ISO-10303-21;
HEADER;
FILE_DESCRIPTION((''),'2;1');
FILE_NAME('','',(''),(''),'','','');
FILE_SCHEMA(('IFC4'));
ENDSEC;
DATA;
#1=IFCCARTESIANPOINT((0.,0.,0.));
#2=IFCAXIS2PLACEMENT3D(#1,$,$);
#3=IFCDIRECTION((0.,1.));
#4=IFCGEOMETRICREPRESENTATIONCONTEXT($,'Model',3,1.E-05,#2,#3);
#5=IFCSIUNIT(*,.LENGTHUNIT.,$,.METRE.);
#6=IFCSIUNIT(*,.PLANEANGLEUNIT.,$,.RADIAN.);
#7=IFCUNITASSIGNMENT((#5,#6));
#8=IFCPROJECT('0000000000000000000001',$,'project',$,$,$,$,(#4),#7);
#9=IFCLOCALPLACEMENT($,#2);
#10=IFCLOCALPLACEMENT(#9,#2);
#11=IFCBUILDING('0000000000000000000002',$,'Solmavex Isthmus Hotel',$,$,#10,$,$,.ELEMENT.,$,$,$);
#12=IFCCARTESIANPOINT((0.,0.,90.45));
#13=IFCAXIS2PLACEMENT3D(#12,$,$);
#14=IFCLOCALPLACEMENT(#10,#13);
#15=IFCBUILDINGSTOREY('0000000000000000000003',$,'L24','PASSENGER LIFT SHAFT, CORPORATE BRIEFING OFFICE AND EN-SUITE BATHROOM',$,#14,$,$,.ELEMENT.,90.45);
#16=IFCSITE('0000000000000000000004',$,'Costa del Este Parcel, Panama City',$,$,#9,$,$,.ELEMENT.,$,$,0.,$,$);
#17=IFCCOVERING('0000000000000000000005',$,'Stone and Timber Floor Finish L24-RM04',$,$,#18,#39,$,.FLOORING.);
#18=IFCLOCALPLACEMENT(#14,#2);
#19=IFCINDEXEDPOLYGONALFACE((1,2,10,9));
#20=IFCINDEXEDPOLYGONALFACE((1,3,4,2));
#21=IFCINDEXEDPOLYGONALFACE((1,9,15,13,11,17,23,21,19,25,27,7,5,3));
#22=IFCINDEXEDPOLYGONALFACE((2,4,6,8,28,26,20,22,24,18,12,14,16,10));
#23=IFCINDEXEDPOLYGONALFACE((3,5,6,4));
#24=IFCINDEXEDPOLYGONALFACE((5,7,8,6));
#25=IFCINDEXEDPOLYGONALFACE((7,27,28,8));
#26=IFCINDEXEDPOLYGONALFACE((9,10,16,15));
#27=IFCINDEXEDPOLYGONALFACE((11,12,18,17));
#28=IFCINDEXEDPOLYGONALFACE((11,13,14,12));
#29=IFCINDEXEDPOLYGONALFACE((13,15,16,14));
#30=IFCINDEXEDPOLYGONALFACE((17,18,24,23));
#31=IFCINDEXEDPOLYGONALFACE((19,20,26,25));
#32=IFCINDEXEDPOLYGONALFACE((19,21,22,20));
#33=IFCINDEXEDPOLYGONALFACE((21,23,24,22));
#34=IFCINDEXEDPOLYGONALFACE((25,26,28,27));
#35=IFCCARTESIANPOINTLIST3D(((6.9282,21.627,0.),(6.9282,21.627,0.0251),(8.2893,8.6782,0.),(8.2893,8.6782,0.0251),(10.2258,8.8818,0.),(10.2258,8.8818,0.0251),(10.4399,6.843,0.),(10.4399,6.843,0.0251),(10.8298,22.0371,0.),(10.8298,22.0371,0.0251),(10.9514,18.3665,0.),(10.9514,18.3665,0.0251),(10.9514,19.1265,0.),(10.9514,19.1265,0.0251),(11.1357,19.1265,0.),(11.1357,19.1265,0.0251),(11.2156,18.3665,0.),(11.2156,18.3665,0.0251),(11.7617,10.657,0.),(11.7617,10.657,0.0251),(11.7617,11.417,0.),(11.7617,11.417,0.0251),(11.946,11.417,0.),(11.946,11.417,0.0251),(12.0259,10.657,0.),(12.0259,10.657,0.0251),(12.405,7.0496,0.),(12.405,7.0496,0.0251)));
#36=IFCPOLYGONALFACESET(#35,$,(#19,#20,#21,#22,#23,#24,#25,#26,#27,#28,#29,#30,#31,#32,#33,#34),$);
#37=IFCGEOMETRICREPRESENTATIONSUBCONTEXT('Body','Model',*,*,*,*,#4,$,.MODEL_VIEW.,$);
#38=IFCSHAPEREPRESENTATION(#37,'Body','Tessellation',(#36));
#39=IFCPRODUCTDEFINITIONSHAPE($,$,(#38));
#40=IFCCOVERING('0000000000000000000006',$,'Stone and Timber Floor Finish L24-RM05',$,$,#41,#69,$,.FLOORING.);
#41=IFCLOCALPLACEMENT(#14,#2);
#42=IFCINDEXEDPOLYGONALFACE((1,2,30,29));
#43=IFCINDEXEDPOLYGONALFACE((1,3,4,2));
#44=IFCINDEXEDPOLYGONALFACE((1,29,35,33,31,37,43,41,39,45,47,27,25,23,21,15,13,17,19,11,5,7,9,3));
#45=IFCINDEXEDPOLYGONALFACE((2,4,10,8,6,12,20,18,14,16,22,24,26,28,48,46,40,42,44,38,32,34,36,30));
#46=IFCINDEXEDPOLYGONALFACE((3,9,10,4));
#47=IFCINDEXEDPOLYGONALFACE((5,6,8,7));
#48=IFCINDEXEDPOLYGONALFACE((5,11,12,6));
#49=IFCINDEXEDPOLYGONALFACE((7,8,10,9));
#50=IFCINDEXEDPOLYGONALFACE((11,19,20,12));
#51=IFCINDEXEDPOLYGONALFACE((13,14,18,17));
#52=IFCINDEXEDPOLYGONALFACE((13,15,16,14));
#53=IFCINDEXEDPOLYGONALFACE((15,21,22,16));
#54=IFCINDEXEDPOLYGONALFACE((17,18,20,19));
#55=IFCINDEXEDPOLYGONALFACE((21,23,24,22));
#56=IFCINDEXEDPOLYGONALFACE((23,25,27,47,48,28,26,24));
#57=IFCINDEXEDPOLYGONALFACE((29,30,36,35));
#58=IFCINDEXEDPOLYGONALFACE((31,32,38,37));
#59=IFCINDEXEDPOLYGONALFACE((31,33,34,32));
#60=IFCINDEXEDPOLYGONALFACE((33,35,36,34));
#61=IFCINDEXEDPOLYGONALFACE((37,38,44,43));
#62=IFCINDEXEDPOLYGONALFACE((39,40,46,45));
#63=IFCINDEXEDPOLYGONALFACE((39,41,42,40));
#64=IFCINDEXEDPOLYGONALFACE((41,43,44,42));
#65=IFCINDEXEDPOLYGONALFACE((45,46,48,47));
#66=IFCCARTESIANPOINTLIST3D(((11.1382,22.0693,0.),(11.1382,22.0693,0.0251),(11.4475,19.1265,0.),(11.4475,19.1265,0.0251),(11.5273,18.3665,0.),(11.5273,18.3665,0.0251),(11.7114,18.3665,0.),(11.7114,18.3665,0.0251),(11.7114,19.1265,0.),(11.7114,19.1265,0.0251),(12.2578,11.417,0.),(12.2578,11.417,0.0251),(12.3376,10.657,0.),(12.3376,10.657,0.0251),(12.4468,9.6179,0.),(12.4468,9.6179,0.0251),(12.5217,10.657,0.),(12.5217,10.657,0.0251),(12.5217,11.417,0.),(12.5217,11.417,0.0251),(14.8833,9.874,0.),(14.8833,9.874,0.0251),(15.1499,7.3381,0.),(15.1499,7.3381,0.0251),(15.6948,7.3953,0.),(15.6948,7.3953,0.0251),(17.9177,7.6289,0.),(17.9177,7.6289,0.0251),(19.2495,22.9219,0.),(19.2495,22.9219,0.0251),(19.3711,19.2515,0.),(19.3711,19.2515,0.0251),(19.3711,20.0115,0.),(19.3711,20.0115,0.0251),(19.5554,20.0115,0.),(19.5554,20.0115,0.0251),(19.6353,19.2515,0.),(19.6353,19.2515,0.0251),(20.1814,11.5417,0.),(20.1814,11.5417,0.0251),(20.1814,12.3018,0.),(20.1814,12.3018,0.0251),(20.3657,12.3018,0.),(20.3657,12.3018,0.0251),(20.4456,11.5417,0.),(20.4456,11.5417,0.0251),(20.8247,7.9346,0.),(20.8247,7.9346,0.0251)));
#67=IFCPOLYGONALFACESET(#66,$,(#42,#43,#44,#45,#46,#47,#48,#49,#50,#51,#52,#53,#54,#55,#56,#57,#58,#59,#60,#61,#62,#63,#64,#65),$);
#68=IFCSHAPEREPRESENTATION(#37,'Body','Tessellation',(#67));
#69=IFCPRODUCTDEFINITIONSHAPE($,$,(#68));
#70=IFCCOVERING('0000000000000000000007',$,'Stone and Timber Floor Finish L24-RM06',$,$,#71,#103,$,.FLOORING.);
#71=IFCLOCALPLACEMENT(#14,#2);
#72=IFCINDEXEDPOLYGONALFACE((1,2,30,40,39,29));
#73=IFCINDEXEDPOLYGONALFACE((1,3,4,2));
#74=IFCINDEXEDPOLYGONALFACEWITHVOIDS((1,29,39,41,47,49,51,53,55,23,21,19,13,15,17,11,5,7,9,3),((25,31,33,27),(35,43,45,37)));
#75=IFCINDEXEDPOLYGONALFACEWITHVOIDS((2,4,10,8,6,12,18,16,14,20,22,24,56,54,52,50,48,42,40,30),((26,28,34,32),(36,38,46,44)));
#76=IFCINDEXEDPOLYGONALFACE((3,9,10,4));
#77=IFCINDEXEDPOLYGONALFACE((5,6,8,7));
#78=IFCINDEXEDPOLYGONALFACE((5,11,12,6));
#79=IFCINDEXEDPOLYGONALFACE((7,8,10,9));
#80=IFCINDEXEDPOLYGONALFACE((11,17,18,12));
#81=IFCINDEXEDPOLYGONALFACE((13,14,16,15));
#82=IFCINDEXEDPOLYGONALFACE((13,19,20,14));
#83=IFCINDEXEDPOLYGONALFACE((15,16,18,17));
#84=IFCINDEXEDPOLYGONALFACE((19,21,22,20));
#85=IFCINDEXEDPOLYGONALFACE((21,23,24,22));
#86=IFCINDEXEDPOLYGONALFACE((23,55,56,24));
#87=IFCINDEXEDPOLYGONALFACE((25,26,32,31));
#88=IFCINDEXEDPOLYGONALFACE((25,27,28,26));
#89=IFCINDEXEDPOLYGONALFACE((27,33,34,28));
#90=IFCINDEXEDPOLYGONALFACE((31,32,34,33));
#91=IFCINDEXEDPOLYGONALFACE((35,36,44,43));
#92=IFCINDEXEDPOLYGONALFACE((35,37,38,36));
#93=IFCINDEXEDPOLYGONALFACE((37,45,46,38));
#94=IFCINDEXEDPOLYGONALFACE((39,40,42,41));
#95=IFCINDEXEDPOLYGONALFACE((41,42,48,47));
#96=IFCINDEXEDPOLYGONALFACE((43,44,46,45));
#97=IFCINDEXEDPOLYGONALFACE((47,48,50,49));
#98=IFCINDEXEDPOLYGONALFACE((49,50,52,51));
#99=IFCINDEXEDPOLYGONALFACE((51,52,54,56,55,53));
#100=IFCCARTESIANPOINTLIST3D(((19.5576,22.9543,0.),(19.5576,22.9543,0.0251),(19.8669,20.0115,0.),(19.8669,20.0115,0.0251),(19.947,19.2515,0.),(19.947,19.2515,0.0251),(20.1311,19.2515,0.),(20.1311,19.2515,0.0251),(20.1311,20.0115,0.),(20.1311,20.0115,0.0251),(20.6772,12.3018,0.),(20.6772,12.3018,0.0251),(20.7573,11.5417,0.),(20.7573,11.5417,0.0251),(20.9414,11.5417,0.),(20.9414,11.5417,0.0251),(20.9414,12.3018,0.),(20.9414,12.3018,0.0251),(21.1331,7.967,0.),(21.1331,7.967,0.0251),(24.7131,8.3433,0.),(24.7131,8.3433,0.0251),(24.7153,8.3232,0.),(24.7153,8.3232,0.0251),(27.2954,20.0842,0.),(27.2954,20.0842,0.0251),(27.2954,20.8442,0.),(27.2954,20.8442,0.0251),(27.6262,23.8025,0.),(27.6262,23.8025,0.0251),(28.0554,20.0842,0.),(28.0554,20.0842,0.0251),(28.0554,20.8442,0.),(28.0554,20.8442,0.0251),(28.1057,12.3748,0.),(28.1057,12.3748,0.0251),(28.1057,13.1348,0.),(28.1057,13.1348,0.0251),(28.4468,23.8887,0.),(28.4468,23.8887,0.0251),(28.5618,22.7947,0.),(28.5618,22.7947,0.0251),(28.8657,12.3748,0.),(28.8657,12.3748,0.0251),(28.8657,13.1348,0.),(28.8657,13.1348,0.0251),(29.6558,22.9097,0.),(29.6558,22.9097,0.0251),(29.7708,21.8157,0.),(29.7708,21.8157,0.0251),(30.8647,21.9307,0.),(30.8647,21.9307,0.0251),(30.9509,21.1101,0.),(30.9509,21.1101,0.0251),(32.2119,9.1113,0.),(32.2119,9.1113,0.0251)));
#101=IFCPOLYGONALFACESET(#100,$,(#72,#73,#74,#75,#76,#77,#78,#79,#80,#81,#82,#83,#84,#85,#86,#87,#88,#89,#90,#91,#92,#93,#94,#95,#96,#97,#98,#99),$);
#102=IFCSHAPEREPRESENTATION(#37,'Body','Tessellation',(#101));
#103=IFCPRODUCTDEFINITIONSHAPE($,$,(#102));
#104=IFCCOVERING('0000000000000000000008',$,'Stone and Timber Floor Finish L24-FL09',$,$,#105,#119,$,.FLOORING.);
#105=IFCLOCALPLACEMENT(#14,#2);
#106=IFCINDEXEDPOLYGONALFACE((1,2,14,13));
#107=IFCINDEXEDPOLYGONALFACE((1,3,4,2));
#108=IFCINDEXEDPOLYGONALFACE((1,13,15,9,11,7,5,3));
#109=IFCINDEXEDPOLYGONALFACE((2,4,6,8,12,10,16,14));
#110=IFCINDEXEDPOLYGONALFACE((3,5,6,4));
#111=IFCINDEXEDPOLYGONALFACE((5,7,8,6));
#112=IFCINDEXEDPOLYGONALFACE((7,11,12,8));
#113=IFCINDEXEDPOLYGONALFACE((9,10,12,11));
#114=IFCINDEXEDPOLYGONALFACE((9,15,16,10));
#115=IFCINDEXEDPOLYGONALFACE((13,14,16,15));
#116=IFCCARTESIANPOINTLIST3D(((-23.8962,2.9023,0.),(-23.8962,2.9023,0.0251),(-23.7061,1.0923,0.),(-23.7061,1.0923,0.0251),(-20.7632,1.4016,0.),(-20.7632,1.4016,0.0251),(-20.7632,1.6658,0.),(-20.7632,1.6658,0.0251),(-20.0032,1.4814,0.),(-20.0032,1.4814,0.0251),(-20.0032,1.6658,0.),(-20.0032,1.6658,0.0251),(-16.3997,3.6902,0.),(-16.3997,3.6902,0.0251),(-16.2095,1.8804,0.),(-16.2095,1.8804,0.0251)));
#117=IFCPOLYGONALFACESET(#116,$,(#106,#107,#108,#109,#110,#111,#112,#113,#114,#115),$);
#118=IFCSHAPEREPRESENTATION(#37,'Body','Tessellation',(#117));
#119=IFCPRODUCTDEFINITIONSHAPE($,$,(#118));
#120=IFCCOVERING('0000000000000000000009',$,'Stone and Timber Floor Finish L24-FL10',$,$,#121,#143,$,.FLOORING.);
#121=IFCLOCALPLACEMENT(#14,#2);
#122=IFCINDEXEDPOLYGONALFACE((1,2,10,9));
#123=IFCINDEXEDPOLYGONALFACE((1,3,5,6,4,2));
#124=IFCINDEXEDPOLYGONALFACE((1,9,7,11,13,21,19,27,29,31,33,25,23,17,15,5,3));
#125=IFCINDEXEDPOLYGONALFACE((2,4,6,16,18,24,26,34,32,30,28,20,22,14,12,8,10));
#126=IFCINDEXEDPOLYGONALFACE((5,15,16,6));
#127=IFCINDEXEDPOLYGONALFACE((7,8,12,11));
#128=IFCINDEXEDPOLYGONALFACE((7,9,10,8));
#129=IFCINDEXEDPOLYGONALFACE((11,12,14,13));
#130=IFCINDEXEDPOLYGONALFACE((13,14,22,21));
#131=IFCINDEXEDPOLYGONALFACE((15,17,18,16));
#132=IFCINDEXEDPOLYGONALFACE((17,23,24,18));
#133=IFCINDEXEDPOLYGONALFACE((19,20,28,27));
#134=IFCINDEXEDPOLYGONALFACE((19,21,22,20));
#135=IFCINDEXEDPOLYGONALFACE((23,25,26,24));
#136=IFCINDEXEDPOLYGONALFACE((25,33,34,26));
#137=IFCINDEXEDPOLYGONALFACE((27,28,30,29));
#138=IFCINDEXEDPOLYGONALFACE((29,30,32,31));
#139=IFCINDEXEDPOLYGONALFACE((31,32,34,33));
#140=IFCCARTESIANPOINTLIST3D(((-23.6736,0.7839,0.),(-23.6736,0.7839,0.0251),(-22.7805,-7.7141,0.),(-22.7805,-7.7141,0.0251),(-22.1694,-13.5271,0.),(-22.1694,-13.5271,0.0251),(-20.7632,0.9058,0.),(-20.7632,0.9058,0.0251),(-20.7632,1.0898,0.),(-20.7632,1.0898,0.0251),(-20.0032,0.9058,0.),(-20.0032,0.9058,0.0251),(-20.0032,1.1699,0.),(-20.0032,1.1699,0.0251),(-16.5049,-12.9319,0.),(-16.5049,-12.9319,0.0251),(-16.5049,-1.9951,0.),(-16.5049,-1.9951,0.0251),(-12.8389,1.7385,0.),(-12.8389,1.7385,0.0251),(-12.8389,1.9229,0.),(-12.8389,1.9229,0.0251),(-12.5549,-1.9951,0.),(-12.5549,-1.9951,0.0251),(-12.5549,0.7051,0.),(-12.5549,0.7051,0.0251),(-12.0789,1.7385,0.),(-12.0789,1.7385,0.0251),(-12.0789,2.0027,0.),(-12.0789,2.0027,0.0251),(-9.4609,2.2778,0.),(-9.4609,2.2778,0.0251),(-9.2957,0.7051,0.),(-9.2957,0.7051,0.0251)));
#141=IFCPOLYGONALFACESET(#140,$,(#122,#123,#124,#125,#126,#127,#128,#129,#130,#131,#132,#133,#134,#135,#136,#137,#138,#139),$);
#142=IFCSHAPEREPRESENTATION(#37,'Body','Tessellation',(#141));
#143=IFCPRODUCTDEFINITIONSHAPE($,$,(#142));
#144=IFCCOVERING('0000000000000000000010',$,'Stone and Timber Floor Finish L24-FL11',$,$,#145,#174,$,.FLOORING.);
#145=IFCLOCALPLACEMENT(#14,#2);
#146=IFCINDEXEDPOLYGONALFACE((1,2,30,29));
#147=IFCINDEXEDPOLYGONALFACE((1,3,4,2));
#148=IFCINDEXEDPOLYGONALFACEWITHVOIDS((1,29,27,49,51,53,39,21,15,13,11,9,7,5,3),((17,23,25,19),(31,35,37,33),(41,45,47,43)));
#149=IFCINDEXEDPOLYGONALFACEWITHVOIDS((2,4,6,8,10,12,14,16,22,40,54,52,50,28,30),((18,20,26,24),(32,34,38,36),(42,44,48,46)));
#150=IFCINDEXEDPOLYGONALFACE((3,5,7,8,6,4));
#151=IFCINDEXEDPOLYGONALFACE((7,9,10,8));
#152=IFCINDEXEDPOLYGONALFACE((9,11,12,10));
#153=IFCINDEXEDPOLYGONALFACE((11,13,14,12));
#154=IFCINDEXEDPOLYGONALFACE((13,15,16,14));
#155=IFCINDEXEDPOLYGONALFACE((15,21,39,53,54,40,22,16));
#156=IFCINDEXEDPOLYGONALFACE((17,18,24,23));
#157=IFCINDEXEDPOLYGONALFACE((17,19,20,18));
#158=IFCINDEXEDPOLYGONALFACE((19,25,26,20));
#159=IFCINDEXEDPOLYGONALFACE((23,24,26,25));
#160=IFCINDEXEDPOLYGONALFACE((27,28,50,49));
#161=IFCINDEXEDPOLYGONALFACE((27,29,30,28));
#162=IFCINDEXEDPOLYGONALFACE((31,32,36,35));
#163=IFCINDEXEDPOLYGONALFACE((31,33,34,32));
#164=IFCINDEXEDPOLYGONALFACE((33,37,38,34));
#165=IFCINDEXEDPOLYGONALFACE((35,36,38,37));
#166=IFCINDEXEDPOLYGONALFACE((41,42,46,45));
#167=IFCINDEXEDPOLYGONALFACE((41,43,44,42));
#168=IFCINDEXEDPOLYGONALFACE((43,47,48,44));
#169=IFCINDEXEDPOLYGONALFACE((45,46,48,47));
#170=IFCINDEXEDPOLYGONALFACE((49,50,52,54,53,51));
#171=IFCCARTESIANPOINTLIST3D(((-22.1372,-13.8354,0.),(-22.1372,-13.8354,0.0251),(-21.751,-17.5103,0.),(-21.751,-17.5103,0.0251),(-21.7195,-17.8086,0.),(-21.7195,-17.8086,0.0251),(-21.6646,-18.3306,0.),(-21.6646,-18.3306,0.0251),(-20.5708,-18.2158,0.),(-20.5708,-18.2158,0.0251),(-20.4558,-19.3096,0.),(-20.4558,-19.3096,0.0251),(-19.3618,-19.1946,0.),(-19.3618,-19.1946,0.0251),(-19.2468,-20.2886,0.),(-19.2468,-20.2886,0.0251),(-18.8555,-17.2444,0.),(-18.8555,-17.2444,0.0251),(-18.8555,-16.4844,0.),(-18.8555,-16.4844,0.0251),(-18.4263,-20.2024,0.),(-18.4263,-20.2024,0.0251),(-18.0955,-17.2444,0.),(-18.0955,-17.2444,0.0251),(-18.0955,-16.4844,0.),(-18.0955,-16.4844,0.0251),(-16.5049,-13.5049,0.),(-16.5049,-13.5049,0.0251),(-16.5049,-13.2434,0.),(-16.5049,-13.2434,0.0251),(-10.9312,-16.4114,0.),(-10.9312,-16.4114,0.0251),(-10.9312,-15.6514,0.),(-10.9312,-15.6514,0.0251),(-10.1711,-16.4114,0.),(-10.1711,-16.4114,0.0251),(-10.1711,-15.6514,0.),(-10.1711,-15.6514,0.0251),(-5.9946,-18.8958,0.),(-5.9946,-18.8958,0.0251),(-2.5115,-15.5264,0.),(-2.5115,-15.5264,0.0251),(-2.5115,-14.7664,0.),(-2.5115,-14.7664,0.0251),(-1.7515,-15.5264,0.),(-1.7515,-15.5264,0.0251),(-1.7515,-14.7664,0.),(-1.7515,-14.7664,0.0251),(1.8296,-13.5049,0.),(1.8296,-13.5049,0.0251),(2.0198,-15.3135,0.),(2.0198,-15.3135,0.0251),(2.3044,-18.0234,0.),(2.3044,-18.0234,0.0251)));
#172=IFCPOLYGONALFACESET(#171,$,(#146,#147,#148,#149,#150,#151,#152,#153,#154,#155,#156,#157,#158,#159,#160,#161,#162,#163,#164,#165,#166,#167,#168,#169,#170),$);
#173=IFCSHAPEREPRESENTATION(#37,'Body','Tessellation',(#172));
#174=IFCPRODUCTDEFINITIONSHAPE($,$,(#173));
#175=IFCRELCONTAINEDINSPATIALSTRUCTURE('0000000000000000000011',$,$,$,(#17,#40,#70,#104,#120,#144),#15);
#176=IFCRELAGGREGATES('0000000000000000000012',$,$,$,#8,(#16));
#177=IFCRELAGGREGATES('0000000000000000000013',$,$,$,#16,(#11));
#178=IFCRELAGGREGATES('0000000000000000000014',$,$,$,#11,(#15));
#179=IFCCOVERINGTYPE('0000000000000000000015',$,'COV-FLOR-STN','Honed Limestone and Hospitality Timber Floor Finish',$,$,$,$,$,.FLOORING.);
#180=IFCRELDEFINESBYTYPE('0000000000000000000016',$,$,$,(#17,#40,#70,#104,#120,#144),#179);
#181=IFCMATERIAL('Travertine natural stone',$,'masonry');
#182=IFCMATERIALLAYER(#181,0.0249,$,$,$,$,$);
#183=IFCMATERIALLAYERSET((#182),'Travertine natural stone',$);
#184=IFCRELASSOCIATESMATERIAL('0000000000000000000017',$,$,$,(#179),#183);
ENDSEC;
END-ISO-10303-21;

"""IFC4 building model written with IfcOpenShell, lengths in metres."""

from ifc_helpers import new_model, si_unit, direction, frame, origin, place, context, subcontext, project, spatial, polyline, outline, extrude, material, layer, layer_set, type_object, element, save


model = new_model("IFC4")

# Units and contexts
model_context = context("Model", 3, precision=1e-05, world=origin(), true_north=direction((0.0, 1.0)))
body_context = subcontext(model_context, "Body", "Model", "MODEL_VIEW")
ifc_project = project(units=[si_unit("LENGTHUNIT", "METRE"), si_unit("PLANEANGLEUNIT", "RADIAN")], contexts=[model_context])

# Site, building, storey
site_placement = place(None, origin())
site = spatial("IfcSite", under=ifc_project, at=site_placement, Name="Costa del Este Parcel, Panama City", CompositionType="ELEMENT", RefElevation=0.0)
building_placement = place(site_placement, origin())
building = spatial("IfcBuilding", under=site, at=building_placement, Name="Solmavex Isthmus Hotel", CompositionType="ELEMENT")
storey_placement = place(building_placement, frame((0.0, 0.0, 90.45)))
storey = spatial("IfcBuildingStorey", under=building, at=storey_placement, Name="L24", Description="PASSENGER LIFT SHAFT, CORPORATE BRIEFING OFFICE AND EN-SUITE BATHROOM", CompositionType="ELEMENT", Elevation=90.45)

# Coverings
ifc_material_1 = material(Name="Travertine natural stone", Category="masonry")
ifc_layer_1 = layer(ifc_material_1, 0.0249)
ifc_layer_set_1 = layer_set([ifc_layer_1], Name="Travertine natural stone")
covering_type_1 = type_object("IfcCoveringType", Name="COV-FLOR-STN", Description="Honed Limestone and Hospitality Timber Floor Finish", PredefinedType="FLOORING", material=ifc_layer_set_1)
covering_1_placement = place(storey_placement, origin())
element("IfcCovering", 1, at=covering_1_placement, inside=storey, type_object=covering_type_1, Name="Stone and Timber Floor Finish L24-RM04", PredefinedType="FLOORING", context=body_context, shape_type="SweptSolid", body=[
    extrude(outline(polyline([(11.2156, 18.3665), (10.9514, 18.3665), (10.9514, 19.1265), (11.1357, 19.1265), (10.8298, 22.0371), (6.9282, 21.627), (8.2893, 8.6782), (10.2258, 8.8818), (10.4399, 6.843), (12.405, 7.0496), (12.0259, 10.657), (11.7617, 10.657), (11.7617, 11.417), (11.946, 11.417), (11.2156, 18.3665)])), origin(), (0.0, 0.0, 1.0), 0.0251),
])
covering_2_placement = place(storey_placement, origin())
element("IfcCovering", 2, at=covering_2_placement, inside=storey, type_object=covering_type_1, Name="Stone and Timber Floor Finish L24-RM05", PredefinedType="FLOORING", context=body_context, shape_type="SweptSolid", body=[
    extrude(outline(polyline([(12.2578, 11.417), (12.5217, 11.417), (12.5217, 10.657), (12.3376, 10.657), (12.4468, 9.6179), (14.8833, 9.874), (15.1499, 7.3381), (15.6948, 7.3953), (17.9177, 7.6289), (20.8247, 7.9346), (20.4456, 11.5417), (20.1814, 11.5417), (20.1814, 12.3018), (20.3657, 12.3018), (19.6353, 19.2515), (19.3711, 19.2515), (19.3711, 20.0115), (19.5554, 20.0115), (19.2495, 22.9219), (11.1382, 22.0693), (11.4475, 19.1265), (11.7114, 19.1265), (11.7114, 18.3665), (11.5273, 18.3665), (12.2578, 11.417)])), origin(), (0.0, 0.0, 1.0), 0.0251),
])
covering_3_placement = place(storey_placement, origin())
element("IfcCovering", 3, at=covering_3_placement, inside=storey, type_object=covering_type_1, Name="Stone and Timber Floor Finish L24-RM06", PredefinedType="FLOORING", context=body_context, shape_type="SweptSolid", body=[
    extrude(outline(polyline([(20.6772, 12.3018), (20.9414, 12.3018), (20.9414, 11.5417), (20.7573, 11.5417), (21.1331, 7.967), (24.7131, 8.3433), (24.7153, 8.3232), (32.2119, 9.1113), (30.9509, 21.1101), (30.8647, 21.9307), (29.7708, 21.8157), (29.6558, 22.9097), (28.5618, 22.7947), (28.4468, 23.8887), (27.6262, 23.8025), (19.5576, 22.9543), (19.8669, 20.0115), (20.1311, 20.0115), (20.1311, 19.2515), (19.947, 19.2515), (20.6772, 12.3018)]), holes=[polyline([(28.1057, 12.3748), (28.1057, 13.1348), (28.8657, 13.1348), (28.8657, 12.3748), (28.1057, 12.3748)]), polyline([(27.2954, 20.8442), (28.0554, 20.8442), (28.0554, 20.0842), (27.2954, 20.0842), (27.2954, 20.8442)])]), origin(), (0.0, 0.0, 1.0), 0.0251),
])
covering_4_placement = place(storey_placement, origin())
element("IfcCovering", 4, at=covering_4_placement, inside=storey, type_object=covering_type_1, Name="Stone and Timber Floor Finish L24-FL09", PredefinedType="FLOORING", context=body_context, shape_type="SweptSolid", body=[
    extrude(outline(polyline([(-16.2095, 1.8804), (-16.3997, 3.6902), (-23.8962, 2.9023), (-23.7061, 1.0923), (-20.7632, 1.4016), (-20.7632, 1.6658), (-20.0032, 1.6658), (-20.0032, 1.4814), (-16.2095, 1.8804)])), origin(), (0.0, 0.0, 1.0), 0.0251),
])
covering_5_placement = place(storey_placement, origin())
element("IfcCovering", 5, at=covering_5_placement, inside=storey, type_object=covering_type_1, Name="Stone and Timber Floor Finish L24-FL10", PredefinedType="FLOORING", context=body_context, shape_type="SweptSolid", body=[
    extrude(outline(polyline([(-20.0032, 1.1699), (-20.0032, 0.9058), (-20.7632, 0.9058), (-20.7632, 1.0898), (-23.6736, 0.7839), (-22.7805, -7.7141), (-22.1694, -13.5271), (-16.5049, -12.9319), (-16.5049, -1.9951), (-12.5549, -1.9951), (-12.5549, 0.7051), (-9.2957, 0.7051), (-9.4609, 2.2778), (-12.0789, 2.0027), (-12.0789, 1.7385), (-12.8389, 1.7385), (-12.8389, 1.9229), (-20.0032, 1.1699)])), origin(), (0.0, 0.0, 1.0), 0.0251),
])
covering_6_placement = place(storey_placement, origin())
element("IfcCovering", 6, at=covering_6_placement, inside=storey, type_object=covering_type_1, Name="Stone and Timber Floor Finish L24-FL11", PredefinedType="FLOORING", context=body_context, shape_type="SweptSolid", body=[
    extrude(outline(polyline([(-18.4263, -20.2024), (-5.9946, -18.8958), (2.3044, -18.0234), (2.0198, -15.3135), (1.8296, -13.5049), (-16.5049, -13.5049), (-16.5049, -13.2434), (-22.1372, -13.8354), (-21.751, -17.5103), (-21.7195, -17.8086), (-21.6646, -18.3306), (-20.5708, -18.2158), (-20.4558, -19.3096), (-19.3618, -19.1946), (-19.2468, -20.2886), (-18.4263, -20.2024)]), holes=[polyline([(-2.5115, -15.5264), (-2.5115, -14.7664), (-1.7515, -14.7664), (-1.7515, -15.5264), (-2.5115, -15.5264)]), polyline([(-10.9312, -16.4114), (-10.9312, -15.6514), (-10.1711, -15.6514), (-10.1711, -16.4114), (-10.9312, -16.4114)]), polyline([(-18.8555, -17.2444), (-18.8555, -16.4844), (-18.0955, -16.4844), (-18.0955, -17.2444), (-18.8555, -17.2444)])]), origin(), (0.0, 0.0, 1.0), 0.0251),
])

save(model, "model.ifc")
